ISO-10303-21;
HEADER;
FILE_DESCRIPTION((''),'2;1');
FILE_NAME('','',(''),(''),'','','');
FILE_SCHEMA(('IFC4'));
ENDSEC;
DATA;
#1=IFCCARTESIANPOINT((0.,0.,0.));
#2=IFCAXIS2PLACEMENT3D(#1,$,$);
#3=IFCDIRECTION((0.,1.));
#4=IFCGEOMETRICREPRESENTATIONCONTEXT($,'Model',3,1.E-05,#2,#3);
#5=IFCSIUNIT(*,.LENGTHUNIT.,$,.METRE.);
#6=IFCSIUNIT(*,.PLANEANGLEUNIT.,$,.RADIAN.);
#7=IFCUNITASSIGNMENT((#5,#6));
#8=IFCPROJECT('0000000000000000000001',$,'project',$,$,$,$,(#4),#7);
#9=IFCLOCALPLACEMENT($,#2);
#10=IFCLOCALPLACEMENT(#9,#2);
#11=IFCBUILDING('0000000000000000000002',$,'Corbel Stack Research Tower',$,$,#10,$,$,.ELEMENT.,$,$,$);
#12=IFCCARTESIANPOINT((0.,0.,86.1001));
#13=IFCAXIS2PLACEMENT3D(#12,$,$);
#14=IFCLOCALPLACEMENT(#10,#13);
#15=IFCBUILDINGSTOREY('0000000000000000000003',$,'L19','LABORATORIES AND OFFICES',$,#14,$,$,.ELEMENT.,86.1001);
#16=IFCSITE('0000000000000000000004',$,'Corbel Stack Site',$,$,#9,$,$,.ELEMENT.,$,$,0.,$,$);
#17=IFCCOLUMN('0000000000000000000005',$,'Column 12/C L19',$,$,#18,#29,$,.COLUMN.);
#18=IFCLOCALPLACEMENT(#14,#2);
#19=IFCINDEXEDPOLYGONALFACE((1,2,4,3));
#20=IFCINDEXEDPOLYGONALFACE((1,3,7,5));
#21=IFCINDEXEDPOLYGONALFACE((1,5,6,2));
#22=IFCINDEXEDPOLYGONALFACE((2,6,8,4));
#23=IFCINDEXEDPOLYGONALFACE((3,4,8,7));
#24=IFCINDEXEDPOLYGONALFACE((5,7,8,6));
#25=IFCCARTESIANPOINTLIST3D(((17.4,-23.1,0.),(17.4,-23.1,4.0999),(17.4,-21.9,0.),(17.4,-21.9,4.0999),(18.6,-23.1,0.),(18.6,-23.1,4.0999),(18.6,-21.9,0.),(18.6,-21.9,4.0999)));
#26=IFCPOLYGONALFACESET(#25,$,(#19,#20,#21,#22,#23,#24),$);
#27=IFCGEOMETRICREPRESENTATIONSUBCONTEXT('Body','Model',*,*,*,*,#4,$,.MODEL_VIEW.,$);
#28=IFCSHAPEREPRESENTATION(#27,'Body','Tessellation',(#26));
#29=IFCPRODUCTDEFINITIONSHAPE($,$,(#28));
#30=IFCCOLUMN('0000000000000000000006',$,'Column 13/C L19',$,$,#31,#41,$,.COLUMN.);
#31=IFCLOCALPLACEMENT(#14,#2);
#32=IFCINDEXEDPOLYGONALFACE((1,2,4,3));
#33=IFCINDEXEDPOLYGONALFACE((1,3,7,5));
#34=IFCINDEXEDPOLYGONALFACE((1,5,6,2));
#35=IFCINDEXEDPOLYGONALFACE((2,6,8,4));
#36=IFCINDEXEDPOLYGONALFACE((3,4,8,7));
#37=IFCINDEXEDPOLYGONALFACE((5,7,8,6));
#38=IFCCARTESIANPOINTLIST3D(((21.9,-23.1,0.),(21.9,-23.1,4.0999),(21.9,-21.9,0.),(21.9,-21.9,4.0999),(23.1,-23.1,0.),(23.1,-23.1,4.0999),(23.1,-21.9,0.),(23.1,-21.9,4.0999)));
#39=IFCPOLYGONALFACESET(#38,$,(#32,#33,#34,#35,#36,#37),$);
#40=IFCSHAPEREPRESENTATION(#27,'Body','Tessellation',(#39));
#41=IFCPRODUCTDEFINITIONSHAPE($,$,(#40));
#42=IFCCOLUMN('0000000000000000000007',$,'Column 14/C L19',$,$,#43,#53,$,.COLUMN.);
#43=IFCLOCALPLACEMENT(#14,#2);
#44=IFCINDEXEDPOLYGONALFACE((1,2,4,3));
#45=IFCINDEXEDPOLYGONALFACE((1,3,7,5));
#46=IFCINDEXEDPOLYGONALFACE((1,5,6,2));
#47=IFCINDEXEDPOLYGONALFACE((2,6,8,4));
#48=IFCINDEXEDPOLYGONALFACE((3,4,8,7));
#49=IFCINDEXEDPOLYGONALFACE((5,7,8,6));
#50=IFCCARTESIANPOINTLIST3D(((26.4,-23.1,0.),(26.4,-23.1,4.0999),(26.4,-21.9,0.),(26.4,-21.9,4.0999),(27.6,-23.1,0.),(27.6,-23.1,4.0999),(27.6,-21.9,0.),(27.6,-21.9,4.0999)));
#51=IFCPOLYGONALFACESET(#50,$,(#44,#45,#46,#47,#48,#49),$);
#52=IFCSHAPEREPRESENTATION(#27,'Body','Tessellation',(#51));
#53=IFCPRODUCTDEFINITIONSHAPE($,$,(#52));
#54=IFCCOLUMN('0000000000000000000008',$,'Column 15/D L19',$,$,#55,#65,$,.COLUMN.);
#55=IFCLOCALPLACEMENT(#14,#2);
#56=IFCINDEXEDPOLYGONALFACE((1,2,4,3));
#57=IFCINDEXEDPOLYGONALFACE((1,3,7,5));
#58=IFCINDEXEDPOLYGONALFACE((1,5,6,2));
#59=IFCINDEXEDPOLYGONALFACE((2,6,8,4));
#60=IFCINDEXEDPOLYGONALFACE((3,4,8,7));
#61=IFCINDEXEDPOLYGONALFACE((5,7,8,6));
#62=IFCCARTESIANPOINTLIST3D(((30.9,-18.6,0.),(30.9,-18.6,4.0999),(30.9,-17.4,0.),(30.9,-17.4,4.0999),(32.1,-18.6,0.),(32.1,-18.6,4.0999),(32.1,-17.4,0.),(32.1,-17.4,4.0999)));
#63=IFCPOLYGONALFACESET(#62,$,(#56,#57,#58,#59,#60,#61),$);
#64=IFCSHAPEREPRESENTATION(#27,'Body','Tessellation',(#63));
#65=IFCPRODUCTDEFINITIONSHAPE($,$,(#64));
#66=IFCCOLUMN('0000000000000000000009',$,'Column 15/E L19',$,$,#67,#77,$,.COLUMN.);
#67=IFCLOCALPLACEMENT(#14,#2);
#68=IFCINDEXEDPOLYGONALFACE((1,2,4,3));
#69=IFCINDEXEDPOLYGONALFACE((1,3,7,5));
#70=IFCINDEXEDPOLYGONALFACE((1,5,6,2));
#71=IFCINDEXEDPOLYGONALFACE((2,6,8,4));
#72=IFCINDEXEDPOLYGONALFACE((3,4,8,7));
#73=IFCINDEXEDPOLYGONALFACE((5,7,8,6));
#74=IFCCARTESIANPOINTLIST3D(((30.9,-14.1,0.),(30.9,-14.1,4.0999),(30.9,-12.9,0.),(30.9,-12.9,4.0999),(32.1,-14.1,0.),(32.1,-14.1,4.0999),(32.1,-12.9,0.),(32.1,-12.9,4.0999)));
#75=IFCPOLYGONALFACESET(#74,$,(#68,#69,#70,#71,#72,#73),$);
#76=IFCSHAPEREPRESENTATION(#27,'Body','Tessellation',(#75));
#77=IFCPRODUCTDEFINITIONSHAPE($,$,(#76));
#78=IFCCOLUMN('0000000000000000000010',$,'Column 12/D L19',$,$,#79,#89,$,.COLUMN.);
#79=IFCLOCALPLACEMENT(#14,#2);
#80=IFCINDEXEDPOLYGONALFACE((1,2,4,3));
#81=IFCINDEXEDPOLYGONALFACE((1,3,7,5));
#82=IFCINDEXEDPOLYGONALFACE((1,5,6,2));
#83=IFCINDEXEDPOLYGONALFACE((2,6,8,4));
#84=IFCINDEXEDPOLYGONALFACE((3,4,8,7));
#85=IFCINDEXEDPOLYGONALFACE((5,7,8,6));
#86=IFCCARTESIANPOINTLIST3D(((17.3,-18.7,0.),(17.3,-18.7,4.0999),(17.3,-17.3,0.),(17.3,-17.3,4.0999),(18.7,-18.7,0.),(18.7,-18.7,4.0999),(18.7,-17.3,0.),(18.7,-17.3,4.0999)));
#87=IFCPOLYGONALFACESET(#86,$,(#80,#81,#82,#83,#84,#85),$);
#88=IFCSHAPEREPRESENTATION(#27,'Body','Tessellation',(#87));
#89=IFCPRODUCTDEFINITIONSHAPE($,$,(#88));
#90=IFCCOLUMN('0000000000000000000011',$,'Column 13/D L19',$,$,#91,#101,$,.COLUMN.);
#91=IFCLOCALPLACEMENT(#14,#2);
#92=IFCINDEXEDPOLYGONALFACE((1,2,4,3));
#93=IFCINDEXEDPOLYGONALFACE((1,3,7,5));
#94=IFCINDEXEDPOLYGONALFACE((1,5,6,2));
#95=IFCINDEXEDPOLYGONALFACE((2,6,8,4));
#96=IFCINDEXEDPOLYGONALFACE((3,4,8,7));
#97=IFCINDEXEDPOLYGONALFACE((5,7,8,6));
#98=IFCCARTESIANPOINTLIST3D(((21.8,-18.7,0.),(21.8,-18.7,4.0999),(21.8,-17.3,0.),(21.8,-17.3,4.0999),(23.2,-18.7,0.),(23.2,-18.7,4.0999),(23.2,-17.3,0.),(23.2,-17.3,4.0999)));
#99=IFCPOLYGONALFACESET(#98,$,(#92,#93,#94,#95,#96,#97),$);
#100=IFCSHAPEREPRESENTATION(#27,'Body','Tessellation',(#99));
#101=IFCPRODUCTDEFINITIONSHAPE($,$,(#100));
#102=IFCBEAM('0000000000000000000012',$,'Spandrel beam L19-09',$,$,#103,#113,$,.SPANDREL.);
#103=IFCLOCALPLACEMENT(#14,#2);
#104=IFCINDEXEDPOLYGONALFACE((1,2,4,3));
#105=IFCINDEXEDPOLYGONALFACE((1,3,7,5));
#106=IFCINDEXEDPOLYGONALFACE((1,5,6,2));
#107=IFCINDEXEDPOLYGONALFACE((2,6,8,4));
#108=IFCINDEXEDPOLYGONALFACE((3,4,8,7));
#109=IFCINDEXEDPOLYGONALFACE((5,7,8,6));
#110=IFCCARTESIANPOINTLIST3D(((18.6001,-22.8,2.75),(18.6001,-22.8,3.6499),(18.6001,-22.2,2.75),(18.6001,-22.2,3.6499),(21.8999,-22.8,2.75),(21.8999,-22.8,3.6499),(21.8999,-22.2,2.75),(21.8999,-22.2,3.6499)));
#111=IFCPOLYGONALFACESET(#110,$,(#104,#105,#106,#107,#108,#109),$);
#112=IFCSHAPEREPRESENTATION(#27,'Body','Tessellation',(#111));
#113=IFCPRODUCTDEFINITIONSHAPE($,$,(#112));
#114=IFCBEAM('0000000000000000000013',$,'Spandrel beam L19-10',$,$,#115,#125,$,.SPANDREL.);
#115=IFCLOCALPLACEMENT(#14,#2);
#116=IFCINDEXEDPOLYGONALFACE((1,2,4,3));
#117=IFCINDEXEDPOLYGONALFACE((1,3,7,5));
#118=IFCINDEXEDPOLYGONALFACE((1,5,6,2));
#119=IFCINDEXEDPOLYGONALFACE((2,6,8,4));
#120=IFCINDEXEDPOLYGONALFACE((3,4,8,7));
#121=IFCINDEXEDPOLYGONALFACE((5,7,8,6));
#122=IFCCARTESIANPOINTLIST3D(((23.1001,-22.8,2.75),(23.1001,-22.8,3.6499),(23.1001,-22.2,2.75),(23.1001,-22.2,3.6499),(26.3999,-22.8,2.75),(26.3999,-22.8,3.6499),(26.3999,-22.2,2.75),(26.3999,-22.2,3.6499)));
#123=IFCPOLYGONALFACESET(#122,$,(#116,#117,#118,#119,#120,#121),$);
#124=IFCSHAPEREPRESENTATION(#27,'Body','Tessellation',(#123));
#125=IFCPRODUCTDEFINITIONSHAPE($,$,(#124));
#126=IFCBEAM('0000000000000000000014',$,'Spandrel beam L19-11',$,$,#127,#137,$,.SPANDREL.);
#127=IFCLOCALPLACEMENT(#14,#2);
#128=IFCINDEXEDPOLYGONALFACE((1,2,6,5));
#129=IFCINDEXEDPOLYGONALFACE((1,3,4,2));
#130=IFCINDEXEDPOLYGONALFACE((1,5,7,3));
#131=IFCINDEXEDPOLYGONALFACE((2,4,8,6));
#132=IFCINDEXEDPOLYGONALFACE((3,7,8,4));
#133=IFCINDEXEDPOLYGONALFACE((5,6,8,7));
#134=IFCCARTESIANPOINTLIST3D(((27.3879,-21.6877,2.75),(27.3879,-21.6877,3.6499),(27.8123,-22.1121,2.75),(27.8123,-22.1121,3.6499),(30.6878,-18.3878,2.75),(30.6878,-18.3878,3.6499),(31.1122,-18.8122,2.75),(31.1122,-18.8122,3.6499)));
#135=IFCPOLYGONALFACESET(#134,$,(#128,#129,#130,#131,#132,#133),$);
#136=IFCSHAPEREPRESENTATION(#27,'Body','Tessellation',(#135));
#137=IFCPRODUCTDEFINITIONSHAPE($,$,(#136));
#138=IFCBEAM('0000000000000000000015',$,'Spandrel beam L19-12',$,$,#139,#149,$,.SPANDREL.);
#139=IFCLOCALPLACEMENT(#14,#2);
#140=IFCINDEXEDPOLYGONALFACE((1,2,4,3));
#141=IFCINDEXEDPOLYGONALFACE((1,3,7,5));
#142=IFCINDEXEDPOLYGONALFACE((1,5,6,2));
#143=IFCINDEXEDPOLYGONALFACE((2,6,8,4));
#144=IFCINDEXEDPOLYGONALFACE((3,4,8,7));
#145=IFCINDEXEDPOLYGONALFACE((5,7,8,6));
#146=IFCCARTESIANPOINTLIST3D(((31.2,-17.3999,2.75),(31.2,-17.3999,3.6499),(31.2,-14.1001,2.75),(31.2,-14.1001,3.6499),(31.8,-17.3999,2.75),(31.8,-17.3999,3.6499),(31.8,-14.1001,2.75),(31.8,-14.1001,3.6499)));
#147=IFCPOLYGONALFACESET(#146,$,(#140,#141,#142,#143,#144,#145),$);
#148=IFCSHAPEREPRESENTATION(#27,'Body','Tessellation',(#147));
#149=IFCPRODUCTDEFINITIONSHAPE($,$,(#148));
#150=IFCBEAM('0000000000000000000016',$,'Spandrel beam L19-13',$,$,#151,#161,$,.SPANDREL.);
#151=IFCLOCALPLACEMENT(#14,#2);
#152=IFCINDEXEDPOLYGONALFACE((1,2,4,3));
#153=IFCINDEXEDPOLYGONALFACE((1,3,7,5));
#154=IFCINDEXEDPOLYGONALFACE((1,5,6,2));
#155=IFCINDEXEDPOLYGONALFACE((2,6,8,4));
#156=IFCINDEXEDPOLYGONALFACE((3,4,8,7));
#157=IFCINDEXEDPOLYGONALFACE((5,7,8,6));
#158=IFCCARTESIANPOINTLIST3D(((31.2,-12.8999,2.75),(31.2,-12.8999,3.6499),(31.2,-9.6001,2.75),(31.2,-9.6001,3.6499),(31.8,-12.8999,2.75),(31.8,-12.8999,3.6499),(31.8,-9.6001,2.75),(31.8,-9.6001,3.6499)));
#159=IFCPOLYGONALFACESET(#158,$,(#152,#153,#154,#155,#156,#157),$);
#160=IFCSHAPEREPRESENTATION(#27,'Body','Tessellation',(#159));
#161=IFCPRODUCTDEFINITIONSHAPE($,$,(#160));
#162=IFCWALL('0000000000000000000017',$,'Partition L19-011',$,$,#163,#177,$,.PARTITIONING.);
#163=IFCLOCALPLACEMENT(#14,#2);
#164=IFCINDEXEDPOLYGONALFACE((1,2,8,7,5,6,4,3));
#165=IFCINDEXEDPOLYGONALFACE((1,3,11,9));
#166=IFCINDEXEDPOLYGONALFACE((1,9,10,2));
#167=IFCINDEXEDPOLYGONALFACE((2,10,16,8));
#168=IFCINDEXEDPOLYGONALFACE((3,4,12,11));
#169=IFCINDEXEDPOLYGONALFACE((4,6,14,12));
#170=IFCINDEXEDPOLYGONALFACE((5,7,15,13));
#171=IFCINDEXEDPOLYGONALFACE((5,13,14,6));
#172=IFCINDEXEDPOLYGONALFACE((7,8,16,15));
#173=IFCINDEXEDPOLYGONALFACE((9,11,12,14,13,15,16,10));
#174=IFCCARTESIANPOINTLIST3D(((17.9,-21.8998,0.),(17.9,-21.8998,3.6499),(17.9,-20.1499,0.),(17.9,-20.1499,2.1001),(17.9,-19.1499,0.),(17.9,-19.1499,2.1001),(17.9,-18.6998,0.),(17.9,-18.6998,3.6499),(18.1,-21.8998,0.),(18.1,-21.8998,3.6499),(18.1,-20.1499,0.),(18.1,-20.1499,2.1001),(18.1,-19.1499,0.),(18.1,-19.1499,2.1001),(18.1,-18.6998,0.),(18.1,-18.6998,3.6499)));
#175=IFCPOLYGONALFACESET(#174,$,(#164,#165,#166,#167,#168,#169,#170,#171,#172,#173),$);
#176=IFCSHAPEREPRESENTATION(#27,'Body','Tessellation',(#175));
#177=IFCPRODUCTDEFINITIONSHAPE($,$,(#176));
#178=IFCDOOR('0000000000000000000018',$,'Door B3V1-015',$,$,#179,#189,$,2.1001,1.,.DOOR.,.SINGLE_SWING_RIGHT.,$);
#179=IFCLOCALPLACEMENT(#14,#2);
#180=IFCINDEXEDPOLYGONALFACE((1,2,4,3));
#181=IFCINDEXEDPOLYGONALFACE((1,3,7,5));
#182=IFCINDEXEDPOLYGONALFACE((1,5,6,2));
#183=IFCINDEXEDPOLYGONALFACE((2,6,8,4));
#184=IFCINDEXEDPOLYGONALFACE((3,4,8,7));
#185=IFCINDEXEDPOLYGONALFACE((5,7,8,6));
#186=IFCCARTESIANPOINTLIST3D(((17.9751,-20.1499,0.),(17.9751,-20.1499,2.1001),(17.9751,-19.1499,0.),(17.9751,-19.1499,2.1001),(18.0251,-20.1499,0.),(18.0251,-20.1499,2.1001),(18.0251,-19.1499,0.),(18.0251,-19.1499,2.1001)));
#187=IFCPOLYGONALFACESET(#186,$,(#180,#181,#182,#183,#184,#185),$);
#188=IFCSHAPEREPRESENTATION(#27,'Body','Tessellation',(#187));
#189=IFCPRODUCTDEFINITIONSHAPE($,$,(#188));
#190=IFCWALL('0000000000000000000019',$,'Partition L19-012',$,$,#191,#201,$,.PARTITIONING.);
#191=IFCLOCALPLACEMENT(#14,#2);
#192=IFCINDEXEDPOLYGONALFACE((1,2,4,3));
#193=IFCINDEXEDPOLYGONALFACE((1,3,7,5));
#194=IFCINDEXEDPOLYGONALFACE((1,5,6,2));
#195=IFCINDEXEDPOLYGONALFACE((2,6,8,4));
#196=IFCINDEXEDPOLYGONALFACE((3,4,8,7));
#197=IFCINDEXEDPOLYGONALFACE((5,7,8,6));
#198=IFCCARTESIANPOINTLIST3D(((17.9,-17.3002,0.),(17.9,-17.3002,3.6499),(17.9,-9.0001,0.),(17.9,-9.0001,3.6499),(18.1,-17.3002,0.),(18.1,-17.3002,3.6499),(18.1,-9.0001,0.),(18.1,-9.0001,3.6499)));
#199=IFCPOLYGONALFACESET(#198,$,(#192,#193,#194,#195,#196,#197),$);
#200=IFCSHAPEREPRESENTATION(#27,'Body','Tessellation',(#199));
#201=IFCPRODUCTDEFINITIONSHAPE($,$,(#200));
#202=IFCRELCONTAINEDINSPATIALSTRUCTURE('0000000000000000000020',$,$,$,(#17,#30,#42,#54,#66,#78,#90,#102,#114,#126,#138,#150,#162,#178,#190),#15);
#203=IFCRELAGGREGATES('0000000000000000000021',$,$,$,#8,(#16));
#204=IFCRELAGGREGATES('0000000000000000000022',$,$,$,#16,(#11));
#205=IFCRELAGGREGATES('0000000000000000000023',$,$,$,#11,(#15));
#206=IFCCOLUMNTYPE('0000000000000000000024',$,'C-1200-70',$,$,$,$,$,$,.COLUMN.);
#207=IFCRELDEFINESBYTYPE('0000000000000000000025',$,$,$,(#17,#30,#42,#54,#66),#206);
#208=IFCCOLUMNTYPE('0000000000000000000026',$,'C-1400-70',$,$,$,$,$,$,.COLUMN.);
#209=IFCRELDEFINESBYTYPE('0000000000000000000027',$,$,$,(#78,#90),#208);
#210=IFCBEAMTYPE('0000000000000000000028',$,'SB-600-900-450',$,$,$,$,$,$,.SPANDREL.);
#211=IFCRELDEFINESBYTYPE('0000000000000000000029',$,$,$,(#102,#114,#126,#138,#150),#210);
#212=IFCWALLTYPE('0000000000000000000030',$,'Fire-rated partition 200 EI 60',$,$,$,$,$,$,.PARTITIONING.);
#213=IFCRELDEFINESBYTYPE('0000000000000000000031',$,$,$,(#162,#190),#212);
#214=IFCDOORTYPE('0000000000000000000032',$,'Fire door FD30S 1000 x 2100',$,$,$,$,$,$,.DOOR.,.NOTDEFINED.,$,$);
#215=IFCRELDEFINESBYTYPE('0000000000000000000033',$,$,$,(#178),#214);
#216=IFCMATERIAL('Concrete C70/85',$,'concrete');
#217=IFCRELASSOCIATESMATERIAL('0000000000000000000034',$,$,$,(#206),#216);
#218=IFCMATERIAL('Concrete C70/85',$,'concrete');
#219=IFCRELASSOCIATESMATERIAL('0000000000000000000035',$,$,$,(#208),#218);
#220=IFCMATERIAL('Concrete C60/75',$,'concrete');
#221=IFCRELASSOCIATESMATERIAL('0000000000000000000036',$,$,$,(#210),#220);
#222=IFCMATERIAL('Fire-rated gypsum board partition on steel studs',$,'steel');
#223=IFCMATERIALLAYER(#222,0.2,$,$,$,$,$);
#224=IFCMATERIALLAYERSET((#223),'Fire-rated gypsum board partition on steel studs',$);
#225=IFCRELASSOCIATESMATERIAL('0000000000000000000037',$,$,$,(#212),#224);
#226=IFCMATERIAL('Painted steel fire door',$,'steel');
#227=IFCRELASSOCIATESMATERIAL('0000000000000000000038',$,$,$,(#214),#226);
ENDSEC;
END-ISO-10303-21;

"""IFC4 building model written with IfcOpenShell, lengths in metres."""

from ifc_helpers import new_model, si_unit, direction, frame, frame_2d, origin, origin_2d, place, context, subcontext, project, spatial, rectangle, extrude, material, layer, layer_set, material_profile, profile_set, type_object, element, fill, save


model = new_model("IFC4")

# Units and contexts
model_context = context("Model", 3, precision=1e-05, world=origin(), true_north=direction((0.0, 1.0)))
body_context = subcontext(model_context, "Body", "Model", "MODEL_VIEW")
ifc_project = project(units=[si_unit("LENGTHUNIT", "METRE"), si_unit("PLANEANGLEUNIT", "RADIAN")], contexts=[model_context])

# Site, building, storey
site_placement = place(None, origin())
site = spatial("IfcSite", under=ifc_project, at=site_placement, Name="Corbel Stack Site", CompositionType="ELEMENT", RefElevation=0.0)
building_placement = place(site_placement, origin())
building = spatial("IfcBuilding", under=site, at=building_placement, Name="Corbel Stack Research Tower", CompositionType="ELEMENT")
storey_placement = place(building_placement, frame((0.0, 0.0, 86.1001)))
storey = spatial("IfcBuildingStorey", under=building, at=storey_placement, Name="L19", Description="LABORATORIES AND OFFICES", CompositionType="ELEMENT", Elevation=86.1001)

# Columns
ifc_material_1 = material(Name="Concrete C70/85", Category="concrete")
ifc_material_profile_1 = material_profile(ifc_material_1, rectangle(XDim=1.2, YDim=1.2, at=origin_2d()), Name="RC 1200 x 1200")
ifc_profile_set_1 = profile_set([ifc_material_profile_1], Name="Concrete C70/85")
column_type_1 = type_object("IfcColumnType", Name="C-1200-70", PredefinedType="COLUMN", material=ifc_profile_set_1)
for number, where, z_axis, x_axis, name in (
    (1, (18.0, -22.5, 0.0), (0.0, 0.0, 1.0), (1.0, 0.0, 0.0), "Column 12/C L19"),
    (2, (22.5, -22.5, 0.0), (0.0, 0.0, 1.0), (1.0, 0.0, 0.0), "Column 13/C L19"),
    (3, (27.0, -22.5, 0.0), (0.0, 0.0, 1.0), (1.0, 0.0, 0.0), "Column 14/C L19"),
    (4, (31.5, -18.0, 0.0), (0.0, 0.0, 1.0), (1.0, 0.0, 0.0), "Column 15/D L19"),
    (5, (31.5, -13.5, 0.0), (0.0, 0.0, 1.0), (1.0, 0.0, 0.0), "Column 15/E L19"),
):
    element("IfcColumn", number, at=place(storey_placement, frame(where, z_axis=z_axis, x_axis=x_axis)), inside=storey, type_object=column_type_1, Name=name, PredefinedType="COLUMN", context=body_context, shape_type="SweptSolid", body=[
        extrude(rectangle(XDim=1.2, YDim=1.2, at=origin_2d()), origin(), (0.0, 0.0, 1.0), 4.0999),
    ])
ifc_material_2 = material(Name="Concrete C70/85", Category="concrete")
ifc_material_profile_2 = material_profile(ifc_material_2, rectangle(XDim=1.3999, YDim=1.3999, at=origin_2d()), Name="RC 1400 x 1400")
ifc_profile_set_2 = profile_set([ifc_material_profile_2], Name="Concrete C70/85")
column_type_2 = type_object("IfcColumnType", Name="C-1400-70", PredefinedType="COLUMN", material=ifc_profile_set_2)
for number, where, z_axis, x_axis, name in (
    (6, (18.0, -18.0, 0.0), (0.0, 0.0, 1.0), (1.0, 0.0, 0.0), "Column 12/D L19"),
    (7, (22.5, -18.0, 0.0), (0.0, 0.0, 1.0), (1.0, 0.0, 0.0), "Column 13/D L19"),
):
    element("IfcColumn", number, at=place(storey_placement, frame(where, z_axis=z_axis, x_axis=x_axis)), inside=storey, type_object=column_type_2, Name=name, PredefinedType="COLUMN", context=body_context, shape_type="SweptSolid", body=[
        extrude(rectangle(XDim=1.3999, YDim=1.3999, at=origin_2d()), origin(), (0.0, 0.0, 1.0), 4.0999),
    ])

# Beams
ifc_material_3 = material(Name="Concrete C60/75", Category="concrete")
ifc_material_profile_3 = material_profile(ifc_material_3, rectangle(XDim=0.6001, YDim=0.8999, at=origin_2d()), Name="RC 600 x 900")
ifc_profile_set_3 = profile_set([ifc_material_profile_3], Name="Concrete C60/75")
beam_type = type_object("IfcBeamType", Name="SB-600-900-450", PredefinedType="SPANDREL", material=ifc_profile_set_3)
for number, where, z_axis, x_axis, name in (
    (8, (18.6001, -22.5, 3.2), (1.0, 0.0, 0.0), (0.0, 1.0, 0.0), "Spandrel beam L19-09"),
    (9, (23.1001, -22.5, 3.2), (1.0, 0.0, 0.0), (0.0, 1.0, 0.0), "Spandrel beam L19-10"),
):
    element("IfcBeam", number, at=place(storey_placement, frame(where, z_axis=z_axis, x_axis=x_axis)), inside=storey, type_object=beam_type, Name=name, PredefinedType="SPANDREL", context=body_context, shape_type="SweptSolid", body=[
        extrude(rectangle(XDim=0.6001, YDim=0.8999, at=origin_2d()), origin(), (0.0, 0.0, 1.0), 3.2998),
    ])
beam_placement = place(storey_placement, frame((27.6001, -21.8999, 3.2), z_axis=(0.707107, 0.707107, 0.0), x_axis=(-0.707107, 0.707107, 0.0)))
element("IfcBeam", 10, at=beam_placement, inside=storey, type_object=beam_type, Name="Spandrel beam L19-11", PredefinedType="SPANDREL", context=body_context, shape_type="SweptSolid", body=[
    extrude(rectangle(XDim=0.6001, YDim=0.8999, at=origin_2d()), origin(), (0.0, 0.0, 1.0), 4.6667),
])
for number, where, z_axis, x_axis, name in (
    (11, (31.5, -17.3999, 3.2), (0.0, 1.0, 0.0), (-1.0, 0.0, 0.0), "Spandrel beam L19-12"),
    (12, (31.5, -12.8999, 3.2), (0.0, 1.0, 0.0), (-1.0, 0.0, 0.0), "Spandrel beam L19-13"),
):
    element("IfcBeam", number, at=place(storey_placement, frame(where, z_axis=z_axis, x_axis=x_axis)), inside=storey, type_object=beam_type, Name=name, PredefinedType="SPANDREL", context=body_context, shape_type="SweptSolid", body=[
        extrude(rectangle(XDim=0.6001, YDim=0.8999, at=origin_2d()), origin(), (0.0, 0.0, 1.0), 3.2998),
    ])

# Wall, opening, door
ifc_material_4 = material(Name="Fire-rated gypsum board partition on steel studs", Category="steel")
ifc_layer_1 = layer(ifc_material_4, 0.2)
ifc_layer_set_1 = layer_set([ifc_layer_1], Name="Fire-rated gypsum board partition on steel studs")
wall_type_1 = type_object("IfcWallType", Name="Fire-rated partition 200 EI 60", PredefinedType="PARTITIONING", material=ifc_layer_set_1)
wall_1_placement = place(storey_placement, frame((18.0, -21.8999, 0.0), z_axis=(0.0, 0.0, 1.0), x_axis=(0.0, 1.0, 0.0)))
wall_1 = element("IfcWall", 13, at=wall_1_placement, inside=storey, type_object=wall_type_1, Name="Partition L19-011", PredefinedType="PARTITIONING", context=body_context, shape_type="SweptSolid", body=[
    extrude(rectangle(XDim=3.2, YDim=0.2, at=frame_2d((1.6001, 0.0))), origin(), (0.0, 0.0, 1.0), 3.6499),
])
opening_1_placement = place(wall_1_placement, frame((1.75, 0.0, 0.0)))
opening_1 = element("IfcOpeningElement", 14, at=opening_1_placement, cuts=wall_1, PredefinedType="OPENING", context=body_context, shape_type="SweptSolid", body=[
    extrude(rectangle(XDim=1.0, YDim=2.1001, at=frame_2d((0.5, 1.05))), frame((0.0, 0.1099, 0.0), z_axis=(0.0, -1.0, 0.0), x_axis=(1.0, 0.0, 0.0)), (0.0, 0.0, 1.0), 0.22),
])
ifc_material_5 = material(Name="Painted steel fire door", Category="steel")
door_type_1 = type_object("IfcDoorType", Name="Fire door FD30S 1000 x 2100", OperationType="NOTDEFINED", PredefinedType="DOOR", material=ifc_material_5)
door_1_placement = place(opening_1_placement, origin())
door_1 = element("IfcDoor", 15, at=door_1_placement, inside=storey, type_object=door_type_1, Name="Door B3V1-015", OperationType="SINGLE_SWING_RIGHT", OverallHeight=2.1001, OverallWidth=1.0, PredefinedType="DOOR", context=body_context, shape_type="SweptSolid", body=[
    extrude(rectangle(XDim=1.0, YDim=2.1001, at=frame_2d((0.5, 1.05))), frame((0.0, 0.0249, 0.0), z_axis=(0.0, -1.0, 0.0), x_axis=(1.0, 0.0, 0.0)), (0.0, 0.0, 1.0), 0.05),
])
fill(opening_1, door_1)

# Wall
wall_2_placement = place(storey_placement, frame((18.0, -17.3, 0.0), z_axis=(0.0, 0.0, 1.0), x_axis=(0.0, 1.0, 0.0)))
element("IfcWall", 16, at=wall_2_placement, inside=storey, type_object=wall_type_1, Name="Partition L19-012", PredefinedType="PARTITIONING", context=body_context, shape_type="SweptSolid", body=[
    extrude(rectangle(XDim=8.3, YDim=0.2, at=frame_2d((4.1499, 0.0))), origin(), (0.0, 0.0, 1.0), 3.6499),
])

save(model, "model.ifc")
